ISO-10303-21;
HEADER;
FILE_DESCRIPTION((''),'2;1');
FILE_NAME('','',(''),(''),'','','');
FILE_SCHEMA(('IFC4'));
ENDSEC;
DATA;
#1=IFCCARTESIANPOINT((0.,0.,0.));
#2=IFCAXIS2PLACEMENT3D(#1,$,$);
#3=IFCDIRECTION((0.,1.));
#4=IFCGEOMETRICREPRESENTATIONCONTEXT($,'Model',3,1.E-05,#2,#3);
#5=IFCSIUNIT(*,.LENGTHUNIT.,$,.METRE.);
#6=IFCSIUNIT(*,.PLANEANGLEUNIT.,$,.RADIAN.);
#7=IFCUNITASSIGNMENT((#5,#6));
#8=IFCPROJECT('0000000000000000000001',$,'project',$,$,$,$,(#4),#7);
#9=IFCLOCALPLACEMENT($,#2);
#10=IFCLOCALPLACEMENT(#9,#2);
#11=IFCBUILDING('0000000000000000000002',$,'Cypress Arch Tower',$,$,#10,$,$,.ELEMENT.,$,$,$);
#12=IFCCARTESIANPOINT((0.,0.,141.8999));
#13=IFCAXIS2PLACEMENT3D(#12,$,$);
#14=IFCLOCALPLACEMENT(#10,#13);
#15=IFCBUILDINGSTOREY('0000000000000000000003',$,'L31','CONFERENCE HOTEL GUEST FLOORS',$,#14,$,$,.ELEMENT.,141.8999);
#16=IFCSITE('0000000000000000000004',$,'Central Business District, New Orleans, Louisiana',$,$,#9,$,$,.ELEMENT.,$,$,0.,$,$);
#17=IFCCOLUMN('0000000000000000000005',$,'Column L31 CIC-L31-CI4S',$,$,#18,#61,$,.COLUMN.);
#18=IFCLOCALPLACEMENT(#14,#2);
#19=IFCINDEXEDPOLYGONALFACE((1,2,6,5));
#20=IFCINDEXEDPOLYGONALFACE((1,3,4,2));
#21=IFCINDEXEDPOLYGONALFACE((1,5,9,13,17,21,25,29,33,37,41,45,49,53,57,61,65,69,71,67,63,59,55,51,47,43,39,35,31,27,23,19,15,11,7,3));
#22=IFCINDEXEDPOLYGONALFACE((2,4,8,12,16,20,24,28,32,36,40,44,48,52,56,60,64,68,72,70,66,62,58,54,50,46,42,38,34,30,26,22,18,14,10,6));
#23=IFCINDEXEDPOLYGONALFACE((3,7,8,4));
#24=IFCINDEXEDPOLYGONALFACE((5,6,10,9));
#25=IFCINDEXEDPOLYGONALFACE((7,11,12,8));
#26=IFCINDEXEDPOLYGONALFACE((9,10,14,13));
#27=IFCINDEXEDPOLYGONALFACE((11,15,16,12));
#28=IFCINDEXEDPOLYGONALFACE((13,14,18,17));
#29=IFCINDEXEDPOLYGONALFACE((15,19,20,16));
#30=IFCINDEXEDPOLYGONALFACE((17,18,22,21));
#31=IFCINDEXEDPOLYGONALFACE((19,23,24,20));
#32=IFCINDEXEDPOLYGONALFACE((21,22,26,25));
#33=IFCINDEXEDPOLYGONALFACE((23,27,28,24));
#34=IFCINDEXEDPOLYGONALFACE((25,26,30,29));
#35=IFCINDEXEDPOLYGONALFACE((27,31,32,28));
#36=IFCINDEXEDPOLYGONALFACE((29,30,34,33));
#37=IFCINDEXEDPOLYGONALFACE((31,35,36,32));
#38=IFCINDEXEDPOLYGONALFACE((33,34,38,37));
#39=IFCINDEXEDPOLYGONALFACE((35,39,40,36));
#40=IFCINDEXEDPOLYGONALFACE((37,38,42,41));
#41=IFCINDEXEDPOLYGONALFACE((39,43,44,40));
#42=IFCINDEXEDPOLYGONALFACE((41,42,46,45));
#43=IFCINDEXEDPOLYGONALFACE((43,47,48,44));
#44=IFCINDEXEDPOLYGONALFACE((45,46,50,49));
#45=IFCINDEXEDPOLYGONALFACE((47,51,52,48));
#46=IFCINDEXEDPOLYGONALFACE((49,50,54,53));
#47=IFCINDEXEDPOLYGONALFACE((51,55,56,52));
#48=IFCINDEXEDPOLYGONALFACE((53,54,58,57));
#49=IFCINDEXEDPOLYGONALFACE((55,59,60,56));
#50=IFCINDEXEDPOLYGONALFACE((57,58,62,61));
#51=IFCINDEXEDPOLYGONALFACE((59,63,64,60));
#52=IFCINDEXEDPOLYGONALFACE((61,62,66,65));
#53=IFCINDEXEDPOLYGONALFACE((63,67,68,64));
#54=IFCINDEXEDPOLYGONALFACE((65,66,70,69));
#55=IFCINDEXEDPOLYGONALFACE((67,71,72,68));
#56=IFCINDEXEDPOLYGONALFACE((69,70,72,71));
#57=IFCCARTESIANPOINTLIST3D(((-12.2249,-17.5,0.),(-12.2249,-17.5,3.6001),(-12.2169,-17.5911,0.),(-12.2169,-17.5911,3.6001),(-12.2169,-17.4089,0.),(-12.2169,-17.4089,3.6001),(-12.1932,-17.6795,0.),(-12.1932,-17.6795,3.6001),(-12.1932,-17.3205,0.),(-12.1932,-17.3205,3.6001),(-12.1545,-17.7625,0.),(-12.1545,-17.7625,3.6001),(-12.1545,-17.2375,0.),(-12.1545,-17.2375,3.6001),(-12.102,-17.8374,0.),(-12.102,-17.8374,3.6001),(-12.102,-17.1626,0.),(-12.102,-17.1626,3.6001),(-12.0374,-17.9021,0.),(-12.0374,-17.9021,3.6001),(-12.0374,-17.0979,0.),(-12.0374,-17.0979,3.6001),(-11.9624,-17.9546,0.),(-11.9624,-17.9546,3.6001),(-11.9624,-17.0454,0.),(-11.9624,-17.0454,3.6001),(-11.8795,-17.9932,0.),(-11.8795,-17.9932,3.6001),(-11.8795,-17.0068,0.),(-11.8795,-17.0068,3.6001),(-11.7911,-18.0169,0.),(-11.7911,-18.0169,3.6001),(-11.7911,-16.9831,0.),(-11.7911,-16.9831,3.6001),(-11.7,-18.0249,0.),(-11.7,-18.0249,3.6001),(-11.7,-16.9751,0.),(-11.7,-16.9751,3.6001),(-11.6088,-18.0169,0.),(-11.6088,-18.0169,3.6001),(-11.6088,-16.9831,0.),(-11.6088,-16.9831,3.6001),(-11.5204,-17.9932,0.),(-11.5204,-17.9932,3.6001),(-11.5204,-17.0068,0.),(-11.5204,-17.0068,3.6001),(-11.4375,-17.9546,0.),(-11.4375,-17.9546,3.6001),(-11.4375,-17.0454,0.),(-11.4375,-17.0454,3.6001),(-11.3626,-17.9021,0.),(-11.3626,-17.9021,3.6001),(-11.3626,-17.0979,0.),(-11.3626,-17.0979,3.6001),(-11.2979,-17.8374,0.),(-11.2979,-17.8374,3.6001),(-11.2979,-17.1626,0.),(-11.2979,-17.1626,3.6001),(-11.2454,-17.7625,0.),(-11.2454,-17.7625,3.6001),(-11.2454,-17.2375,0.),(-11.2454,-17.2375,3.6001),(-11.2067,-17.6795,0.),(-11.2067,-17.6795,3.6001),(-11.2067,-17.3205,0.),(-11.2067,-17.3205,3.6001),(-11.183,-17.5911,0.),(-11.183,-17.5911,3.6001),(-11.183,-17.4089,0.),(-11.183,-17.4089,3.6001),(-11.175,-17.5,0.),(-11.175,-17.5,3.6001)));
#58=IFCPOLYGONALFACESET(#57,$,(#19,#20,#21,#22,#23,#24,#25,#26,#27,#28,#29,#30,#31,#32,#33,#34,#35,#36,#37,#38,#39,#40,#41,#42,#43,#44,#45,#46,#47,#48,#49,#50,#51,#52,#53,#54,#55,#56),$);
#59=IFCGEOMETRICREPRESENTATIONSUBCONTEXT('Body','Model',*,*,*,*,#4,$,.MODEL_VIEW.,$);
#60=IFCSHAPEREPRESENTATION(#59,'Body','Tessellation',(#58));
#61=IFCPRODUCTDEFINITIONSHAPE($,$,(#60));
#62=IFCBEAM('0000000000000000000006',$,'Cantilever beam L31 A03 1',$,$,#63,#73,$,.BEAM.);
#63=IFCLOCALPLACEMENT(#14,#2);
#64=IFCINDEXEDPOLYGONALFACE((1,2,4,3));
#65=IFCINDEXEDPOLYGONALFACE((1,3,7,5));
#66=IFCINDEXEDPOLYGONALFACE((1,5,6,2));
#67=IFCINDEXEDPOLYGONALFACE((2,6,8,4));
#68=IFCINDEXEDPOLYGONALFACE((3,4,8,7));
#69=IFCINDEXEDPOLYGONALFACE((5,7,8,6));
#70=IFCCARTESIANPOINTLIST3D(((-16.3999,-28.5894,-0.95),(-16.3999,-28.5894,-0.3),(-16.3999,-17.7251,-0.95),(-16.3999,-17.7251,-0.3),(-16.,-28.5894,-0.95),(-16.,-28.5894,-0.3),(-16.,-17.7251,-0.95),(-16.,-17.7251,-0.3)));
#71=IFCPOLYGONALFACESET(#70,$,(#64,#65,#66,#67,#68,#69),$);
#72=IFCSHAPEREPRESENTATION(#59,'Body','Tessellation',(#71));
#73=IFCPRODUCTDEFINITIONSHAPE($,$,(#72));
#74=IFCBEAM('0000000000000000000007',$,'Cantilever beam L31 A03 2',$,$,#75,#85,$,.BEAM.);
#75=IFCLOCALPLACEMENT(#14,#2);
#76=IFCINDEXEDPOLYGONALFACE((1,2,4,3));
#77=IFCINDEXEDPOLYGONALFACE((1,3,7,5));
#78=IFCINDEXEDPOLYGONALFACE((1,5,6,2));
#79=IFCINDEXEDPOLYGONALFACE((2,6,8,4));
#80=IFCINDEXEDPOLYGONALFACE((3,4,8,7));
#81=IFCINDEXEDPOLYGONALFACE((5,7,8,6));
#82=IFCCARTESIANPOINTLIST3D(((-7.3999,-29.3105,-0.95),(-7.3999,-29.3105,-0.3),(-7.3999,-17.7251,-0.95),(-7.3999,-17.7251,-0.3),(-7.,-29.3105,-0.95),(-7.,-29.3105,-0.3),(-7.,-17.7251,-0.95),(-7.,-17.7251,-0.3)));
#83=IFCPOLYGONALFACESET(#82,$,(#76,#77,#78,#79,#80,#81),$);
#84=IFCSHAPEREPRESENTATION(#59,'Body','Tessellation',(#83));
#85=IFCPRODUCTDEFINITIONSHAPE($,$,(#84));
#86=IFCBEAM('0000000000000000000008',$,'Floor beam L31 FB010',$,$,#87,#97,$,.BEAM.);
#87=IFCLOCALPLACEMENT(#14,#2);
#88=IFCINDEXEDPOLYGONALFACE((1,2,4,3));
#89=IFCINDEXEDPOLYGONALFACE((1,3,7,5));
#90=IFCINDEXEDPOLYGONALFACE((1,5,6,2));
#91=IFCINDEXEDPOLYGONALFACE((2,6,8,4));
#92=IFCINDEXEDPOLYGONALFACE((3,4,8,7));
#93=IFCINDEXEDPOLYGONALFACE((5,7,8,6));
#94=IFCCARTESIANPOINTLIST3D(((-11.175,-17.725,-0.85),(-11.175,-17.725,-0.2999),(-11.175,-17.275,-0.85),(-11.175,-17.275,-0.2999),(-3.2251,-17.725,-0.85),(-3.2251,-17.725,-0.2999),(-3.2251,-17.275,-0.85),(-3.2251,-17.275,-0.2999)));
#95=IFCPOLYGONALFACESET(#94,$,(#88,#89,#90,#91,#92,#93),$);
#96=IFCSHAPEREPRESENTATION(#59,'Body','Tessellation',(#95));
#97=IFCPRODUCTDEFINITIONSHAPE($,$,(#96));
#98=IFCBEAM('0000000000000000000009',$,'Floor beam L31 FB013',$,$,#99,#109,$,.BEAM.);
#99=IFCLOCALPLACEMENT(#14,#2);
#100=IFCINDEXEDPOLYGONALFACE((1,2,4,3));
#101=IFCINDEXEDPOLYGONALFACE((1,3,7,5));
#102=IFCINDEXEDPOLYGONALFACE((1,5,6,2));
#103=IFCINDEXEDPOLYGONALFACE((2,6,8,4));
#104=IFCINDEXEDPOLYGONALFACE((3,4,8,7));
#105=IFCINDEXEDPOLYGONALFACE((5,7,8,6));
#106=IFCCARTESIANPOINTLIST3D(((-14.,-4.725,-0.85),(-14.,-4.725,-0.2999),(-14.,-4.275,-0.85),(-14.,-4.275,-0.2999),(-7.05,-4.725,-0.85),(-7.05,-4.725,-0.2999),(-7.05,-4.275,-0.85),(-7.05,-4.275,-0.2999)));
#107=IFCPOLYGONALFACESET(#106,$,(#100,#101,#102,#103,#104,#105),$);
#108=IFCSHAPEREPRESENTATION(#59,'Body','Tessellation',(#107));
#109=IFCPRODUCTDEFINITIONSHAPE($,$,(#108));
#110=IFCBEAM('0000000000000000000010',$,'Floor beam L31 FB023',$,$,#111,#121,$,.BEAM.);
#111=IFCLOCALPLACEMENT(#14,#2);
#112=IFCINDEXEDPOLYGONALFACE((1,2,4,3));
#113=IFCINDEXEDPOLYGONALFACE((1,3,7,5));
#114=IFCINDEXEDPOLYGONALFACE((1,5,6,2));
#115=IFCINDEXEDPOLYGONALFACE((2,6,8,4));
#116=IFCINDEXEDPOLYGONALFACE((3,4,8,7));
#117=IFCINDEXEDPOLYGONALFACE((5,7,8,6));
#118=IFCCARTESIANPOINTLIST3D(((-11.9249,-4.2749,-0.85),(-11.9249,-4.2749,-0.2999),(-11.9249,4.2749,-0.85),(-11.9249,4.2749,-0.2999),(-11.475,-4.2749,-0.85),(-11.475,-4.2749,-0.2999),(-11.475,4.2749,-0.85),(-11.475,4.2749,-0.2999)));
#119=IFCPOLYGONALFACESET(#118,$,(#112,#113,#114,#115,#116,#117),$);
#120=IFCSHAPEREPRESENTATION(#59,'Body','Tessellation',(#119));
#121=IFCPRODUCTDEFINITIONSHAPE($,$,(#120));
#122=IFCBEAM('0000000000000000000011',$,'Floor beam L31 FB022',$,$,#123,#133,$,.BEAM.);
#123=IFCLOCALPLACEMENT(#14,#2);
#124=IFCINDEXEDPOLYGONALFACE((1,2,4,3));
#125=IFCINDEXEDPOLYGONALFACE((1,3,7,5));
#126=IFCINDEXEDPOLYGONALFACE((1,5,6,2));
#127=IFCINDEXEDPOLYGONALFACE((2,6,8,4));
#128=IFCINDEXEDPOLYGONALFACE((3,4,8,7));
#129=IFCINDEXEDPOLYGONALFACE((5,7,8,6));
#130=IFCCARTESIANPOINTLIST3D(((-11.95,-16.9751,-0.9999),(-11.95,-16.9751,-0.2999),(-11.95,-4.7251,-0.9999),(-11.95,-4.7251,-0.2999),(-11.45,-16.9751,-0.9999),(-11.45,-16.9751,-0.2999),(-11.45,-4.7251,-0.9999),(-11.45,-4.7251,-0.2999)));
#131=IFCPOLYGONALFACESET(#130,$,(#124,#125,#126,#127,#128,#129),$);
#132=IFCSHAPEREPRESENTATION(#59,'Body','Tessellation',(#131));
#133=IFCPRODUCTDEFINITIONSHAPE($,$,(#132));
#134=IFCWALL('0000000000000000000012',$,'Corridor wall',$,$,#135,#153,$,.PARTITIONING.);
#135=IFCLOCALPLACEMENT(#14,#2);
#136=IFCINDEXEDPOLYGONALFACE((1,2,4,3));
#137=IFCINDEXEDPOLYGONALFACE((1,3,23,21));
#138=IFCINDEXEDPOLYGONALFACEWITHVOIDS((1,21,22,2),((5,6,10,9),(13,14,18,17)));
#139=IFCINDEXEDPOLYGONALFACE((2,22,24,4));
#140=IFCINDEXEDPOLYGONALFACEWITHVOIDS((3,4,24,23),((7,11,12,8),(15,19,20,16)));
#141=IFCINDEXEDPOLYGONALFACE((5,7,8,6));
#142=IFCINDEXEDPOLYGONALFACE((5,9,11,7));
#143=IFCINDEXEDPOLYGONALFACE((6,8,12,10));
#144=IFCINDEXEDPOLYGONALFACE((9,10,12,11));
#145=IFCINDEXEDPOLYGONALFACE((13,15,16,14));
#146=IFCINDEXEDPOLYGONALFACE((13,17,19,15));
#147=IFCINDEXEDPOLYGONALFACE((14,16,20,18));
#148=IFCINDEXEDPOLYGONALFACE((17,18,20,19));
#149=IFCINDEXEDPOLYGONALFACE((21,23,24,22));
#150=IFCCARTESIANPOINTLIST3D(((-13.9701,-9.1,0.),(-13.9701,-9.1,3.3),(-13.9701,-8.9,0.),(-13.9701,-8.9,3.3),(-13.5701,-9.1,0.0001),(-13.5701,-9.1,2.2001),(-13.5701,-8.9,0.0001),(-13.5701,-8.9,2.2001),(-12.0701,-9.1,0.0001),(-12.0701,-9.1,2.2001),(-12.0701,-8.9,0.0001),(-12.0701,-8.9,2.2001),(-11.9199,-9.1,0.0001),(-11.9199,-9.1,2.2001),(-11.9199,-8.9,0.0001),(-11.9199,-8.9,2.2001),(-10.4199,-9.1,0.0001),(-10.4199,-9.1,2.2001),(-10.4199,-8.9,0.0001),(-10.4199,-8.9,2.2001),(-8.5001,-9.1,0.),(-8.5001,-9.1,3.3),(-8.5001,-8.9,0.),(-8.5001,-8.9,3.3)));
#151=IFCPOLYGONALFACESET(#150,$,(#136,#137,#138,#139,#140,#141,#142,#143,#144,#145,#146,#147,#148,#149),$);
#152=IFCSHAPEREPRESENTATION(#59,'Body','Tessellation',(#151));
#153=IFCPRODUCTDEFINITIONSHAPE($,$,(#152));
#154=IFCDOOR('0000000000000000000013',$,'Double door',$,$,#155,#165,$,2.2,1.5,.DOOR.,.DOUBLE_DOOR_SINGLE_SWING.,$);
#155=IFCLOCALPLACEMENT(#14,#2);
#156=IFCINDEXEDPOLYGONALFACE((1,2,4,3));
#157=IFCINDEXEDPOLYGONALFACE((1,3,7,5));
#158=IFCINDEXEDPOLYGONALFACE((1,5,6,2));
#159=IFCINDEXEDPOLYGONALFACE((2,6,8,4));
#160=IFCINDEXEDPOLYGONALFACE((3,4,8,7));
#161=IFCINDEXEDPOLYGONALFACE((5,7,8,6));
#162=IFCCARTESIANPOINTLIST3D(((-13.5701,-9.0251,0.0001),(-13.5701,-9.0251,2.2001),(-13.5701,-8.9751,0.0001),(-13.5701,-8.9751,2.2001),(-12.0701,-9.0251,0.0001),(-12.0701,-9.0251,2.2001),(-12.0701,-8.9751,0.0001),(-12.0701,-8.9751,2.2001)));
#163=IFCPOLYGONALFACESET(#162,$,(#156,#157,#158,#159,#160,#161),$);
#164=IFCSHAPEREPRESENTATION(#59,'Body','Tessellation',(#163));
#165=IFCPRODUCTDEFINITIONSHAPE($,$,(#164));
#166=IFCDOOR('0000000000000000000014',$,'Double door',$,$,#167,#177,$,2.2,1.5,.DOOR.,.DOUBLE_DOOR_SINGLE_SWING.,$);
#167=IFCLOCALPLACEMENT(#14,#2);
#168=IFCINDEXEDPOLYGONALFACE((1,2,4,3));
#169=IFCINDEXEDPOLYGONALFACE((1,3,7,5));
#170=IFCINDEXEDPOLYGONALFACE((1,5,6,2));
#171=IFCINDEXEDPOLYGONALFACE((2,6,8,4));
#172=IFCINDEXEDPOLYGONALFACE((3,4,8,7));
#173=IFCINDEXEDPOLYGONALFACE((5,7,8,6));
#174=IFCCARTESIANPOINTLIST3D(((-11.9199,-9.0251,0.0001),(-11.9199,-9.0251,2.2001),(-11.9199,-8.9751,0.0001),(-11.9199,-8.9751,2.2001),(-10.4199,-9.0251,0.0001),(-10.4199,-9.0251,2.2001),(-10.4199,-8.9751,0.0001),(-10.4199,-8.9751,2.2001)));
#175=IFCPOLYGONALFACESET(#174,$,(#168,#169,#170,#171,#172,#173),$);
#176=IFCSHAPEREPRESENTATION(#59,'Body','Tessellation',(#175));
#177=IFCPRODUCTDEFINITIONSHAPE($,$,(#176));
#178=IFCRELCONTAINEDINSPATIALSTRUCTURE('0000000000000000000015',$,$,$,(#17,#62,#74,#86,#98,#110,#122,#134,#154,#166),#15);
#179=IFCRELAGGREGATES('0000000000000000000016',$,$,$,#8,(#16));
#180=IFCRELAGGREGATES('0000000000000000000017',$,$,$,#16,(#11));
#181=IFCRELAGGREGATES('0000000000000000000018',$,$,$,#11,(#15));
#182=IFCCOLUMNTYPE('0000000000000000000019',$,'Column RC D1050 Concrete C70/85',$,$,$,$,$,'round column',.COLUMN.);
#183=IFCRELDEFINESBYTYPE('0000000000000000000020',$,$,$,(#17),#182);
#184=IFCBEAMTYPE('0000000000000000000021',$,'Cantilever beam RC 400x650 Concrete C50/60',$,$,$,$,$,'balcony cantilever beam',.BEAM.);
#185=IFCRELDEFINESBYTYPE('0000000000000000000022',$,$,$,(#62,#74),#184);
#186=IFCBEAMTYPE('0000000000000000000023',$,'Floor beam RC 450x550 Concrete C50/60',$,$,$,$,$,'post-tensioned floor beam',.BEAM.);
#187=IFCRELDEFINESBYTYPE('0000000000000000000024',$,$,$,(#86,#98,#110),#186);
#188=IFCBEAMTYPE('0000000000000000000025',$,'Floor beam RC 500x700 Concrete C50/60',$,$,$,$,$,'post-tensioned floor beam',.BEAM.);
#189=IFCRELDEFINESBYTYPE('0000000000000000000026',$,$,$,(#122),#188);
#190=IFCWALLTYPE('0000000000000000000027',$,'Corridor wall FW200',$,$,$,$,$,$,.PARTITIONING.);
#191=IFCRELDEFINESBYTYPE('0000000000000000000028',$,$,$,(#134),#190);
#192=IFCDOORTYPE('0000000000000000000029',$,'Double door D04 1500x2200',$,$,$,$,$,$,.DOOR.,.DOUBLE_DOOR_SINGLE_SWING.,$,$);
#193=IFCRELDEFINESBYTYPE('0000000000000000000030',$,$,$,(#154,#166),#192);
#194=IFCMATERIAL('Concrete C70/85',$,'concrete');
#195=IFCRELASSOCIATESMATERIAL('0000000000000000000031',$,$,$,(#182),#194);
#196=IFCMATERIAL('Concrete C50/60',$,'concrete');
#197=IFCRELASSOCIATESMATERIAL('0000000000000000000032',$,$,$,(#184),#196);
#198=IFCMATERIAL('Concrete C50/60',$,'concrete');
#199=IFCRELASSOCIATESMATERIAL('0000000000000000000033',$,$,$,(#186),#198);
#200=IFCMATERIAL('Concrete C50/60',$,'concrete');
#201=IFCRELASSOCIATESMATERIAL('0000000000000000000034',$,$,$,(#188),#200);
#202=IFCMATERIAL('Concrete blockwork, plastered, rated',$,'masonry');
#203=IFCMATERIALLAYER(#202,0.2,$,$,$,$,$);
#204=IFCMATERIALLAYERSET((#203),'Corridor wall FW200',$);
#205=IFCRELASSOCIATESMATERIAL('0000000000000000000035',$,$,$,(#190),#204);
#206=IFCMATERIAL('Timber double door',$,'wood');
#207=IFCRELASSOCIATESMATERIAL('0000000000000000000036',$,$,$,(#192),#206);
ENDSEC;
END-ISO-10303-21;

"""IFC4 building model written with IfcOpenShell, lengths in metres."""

from ifc_helpers import new_model, si_unit, direction, frame, frame_2d, origin, origin_2d, place, context, subcontext, project, spatial, rectangle, circle, extrude, material, layer, layer_set, material_profile, profile_set, type_object, element, fill, save


model = new_model("IFC4")

# Units and contexts
model_context = context("Model", 3, precision=1e-05, world=origin(), true_north=direction((0.0, 1.0)))
body_context = subcontext(model_context, "Body", "Model", "MODEL_VIEW")
ifc_project = project(units=[si_unit("LENGTHUNIT", "METRE"), si_unit("PLANEANGLEUNIT", "RADIAN")], contexts=[model_context])

# Site, building, storey
site_placement = place(None, origin())
site = spatial("IfcSite", under=ifc_project, at=site_placement, Name="Central Business District, New Orleans, Louisiana", CompositionType="ELEMENT", RefElevation=0.0)
building_placement = place(site_placement, origin())
building = spatial("IfcBuilding", under=site, at=building_placement, Name="Cypress Arch Tower", CompositionType="ELEMENT")
storey_placement = place(building_placement, frame((0.0, 0.0, 141.8999)))
storey = spatial("IfcBuildingStorey", under=building, at=storey_placement, Name="L31", Description="CONFERENCE HOTEL GUEST FLOORS", CompositionType="ELEMENT", Elevation=141.8999)

# Column
ifc_material_1 = material(Name="Concrete C70/85", Category="concrete")
ifc_material_profile_1 = material_profile(ifc_material_1, circle(Radius=0.5249, at=origin_2d()), Name="RC D1050")
ifc_profile_set_1 = profile_set([ifc_material_profile_1], Name="Concrete C70/85")
column_type = type_object("IfcColumnType", Name="Column RC D1050 Concrete C70/85", ElementType="round column", PredefinedType="COLUMN", material=ifc_profile_set_1)
column_placement = place(storey_placement, frame((-11.7, -17.5, 0.0), z_axis=(0.0, 0.0, 1.0), x_axis=(1.0, 0.0, 0.0)))
element("IfcColumn", 1, at=column_placement, inside=storey, type_object=column_type, Name="Column L31 CIC-L31-CI4S", PredefinedType="COLUMN", context=body_context, shape_type="SweptSolid", body=[
    extrude(circle(Radius=0.5249, at=origin_2d()), origin(), (0.0, 0.0, 1.0), 3.6001),
])

# Beams
ifc_material_2 = material(Name="Concrete C50/60", Category="concrete")
ifc_material_profile_2 = material_profile(ifc_material_2, rectangle(XDim=0.3999, YDim=0.6499, at=origin_2d()), Name="RC 400x650")
ifc_profile_set_2 = profile_set([ifc_material_profile_2], Name="Concrete C50/60")
beam_type_1 = type_object("IfcBeamType", Name="Cantilever beam RC 400x650 Concrete C50/60", ElementType="balcony cantilever beam", PredefinedType="BEAM", material=ifc_profile_set_2)
beam_1_placement = place(storey_placement, frame((-16.2, -17.7251, -0.625), z_axis=(0.0, -1.0, 0.0), x_axis=(1.0, 0.0, 0.0)))
element("IfcBeam", 2, at=beam_1_placement, inside=storey, type_object=beam_type_1, Name="Cantilever beam L31 A03 1", PredefinedType="BEAM", context=body_context, shape_type="SweptSolid", body=[
    extrude(rectangle(XDim=0.3999, YDim=0.6499, at=origin_2d()), origin(), (0.0, 0.0, 1.0), 10.8643),
])
beam_2_placement = place(storey_placement, frame((-7.2, -17.7251, -0.625), z_axis=(0.0, -1.0, 0.0), x_axis=(1.0, 0.0, 0.0)))
element("IfcBeam", 3, at=beam_2_placement, inside=storey, type_object=beam_type_1, Name="Cantilever beam L31 A03 2", PredefinedType="BEAM", context=body_context, shape_type="SweptSolid", body=[
    extrude(rectangle(XDim=0.3999, YDim=0.6499, at=origin_2d()), origin(), (0.0, 0.0, 1.0), 11.5854),
])
ifc_material_3 = material(Name="Concrete C50/60", Category="concrete")
ifc_material_profile_3 = material_profile(ifc_material_3, rectangle(XDim=0.45, YDim=0.55, at=origin_2d()), Name="RC 450x550")
ifc_profile_set_3 = profile_set([ifc_material_profile_3], Name="Concrete C50/60")
beam_type_2 = type_object("IfcBeamType", Name="Floor beam RC 450x550 Concrete C50/60", ElementType="post-tensioned floor beam", PredefinedType="BEAM", material=ifc_profile_set_3)
beam_3_placement = place(storey_placement, frame((-11.175, -17.5, -0.575), z_axis=(1.0, 0.0, 0.0), x_axis=(0.0, 1.0, 0.0)))
element("IfcBeam", 4, at=beam_3_placement, inside=storey, type_object=beam_type_2, Name="Floor beam L31 FB010", PredefinedType="BEAM", context=body_context, shape_type="SweptSolid", body=[
    extrude(rectangle(XDim=0.45, YDim=0.55, at=origin_2d()), origin(), (0.0, 0.0, 1.0), 7.95),
])
beam_4_placement = place(storey_placement, frame((-14.0, -4.5, -0.575), z_axis=(1.0, 0.0, 0.0), x_axis=(0.0, 1.0, 0.0)))
element("IfcBeam", 5, at=beam_4_placement, inside=storey, type_object=beam_type_2, Name="Floor beam L31 FB013", PredefinedType="BEAM", context=body_context, shape_type="SweptSolid", body=[
    extrude(rectangle(XDim=0.45, YDim=0.55, at=origin_2d()), origin(), (0.0, 0.0, 1.0), 6.95),
])
beam_5_placement = place(storey_placement, frame((-11.7, -4.2749, -0.575), z_axis=(0.0, 1.0, 0.0), x_axis=(-1.0, 0.0, 0.0)))
element("IfcBeam", 6, at=beam_5_placement, inside=storey, type_object=beam_type_2, Name="Floor beam L31 FB023", PredefinedType="BEAM", context=body_context, shape_type="SweptSolid", body=[
    extrude(rectangle(XDim=0.45, YDim=0.55, at=origin_2d()), origin(), (0.0, 0.0, 1.0), 8.5498),
])
ifc_material_4 = material(Name="Concrete C50/60", Category="concrete")
ifc_material_profile_4 = material_profile(ifc_material_4, rectangle(XDim=0.5, YDim=0.7, at=origin_2d()), Name="RC 500x700")
ifc_profile_set_4 = profile_set([ifc_material_profile_4], Name="Concrete C50/60")
beam_type_3 = type_object("IfcBeamType", Name="Floor beam RC 500x700 Concrete C50/60", ElementType="post-tensioned floor beam", PredefinedType="BEAM", material=ifc_profile_set_4)
beam_6_placement = place(storey_placement, frame((-11.7, -16.9751, -0.6499), z_axis=(0.0, 1.0, 0.0), x_axis=(-1.0, 0.0, 0.0)))
element("IfcBeam", 7, at=beam_6_placement, inside=storey, type_object=beam_type_3, Name="Floor beam L31 FB022", PredefinedType="BEAM", context=body_context, shape_type="SweptSolid", body=[
    extrude(rectangle(XDim=0.5, YDim=0.7, at=origin_2d()), origin(), (0.0, 0.0, 1.0), 12.25),
])

# Wall, openings, doors
ifc_material_5 = material(Name="Concrete blockwork, plastered, rated", Category="masonry")
ifc_layer_1 = layer(ifc_material_5, 0.2)
ifc_layer_set_1 = layer_set([ifc_layer_1], Name="Corridor wall FW200")
wall_type_1 = type_object("IfcWallType", Name="Corridor wall FW200", PredefinedType="PARTITIONING", material=ifc_layer_set_1)
wall_1_placement = place(storey_placement, frame((-13.97, -9.0, 0.0), z_axis=(0.0, 0.0, 1.0), x_axis=(1.0, 0.0, 0.0)))
wall_1 = element("IfcWall", 8, at=wall_1_placement, inside=storey, type_object=wall_type_1, Name="Corridor wall", PredefinedType="PARTITIONING", context=body_context, shape_type="SweptSolid", body=[
    extrude(rectangle(XDim=5.47, YDim=0.2, at=frame_2d((2.7349, 0.0))), origin(), (0.0, 0.0, 1.0), 3.3),
])
opening_1_placement = place(wall_1_placement, frame((0.3999, 0.0, 0.0)))
opening_1 = element("IfcOpeningElement", 9, at=opening_1_placement, cuts=wall_1, PredefinedType="OPENING", context=body_context, shape_type="SweptSolid", body=[
    extrude(rectangle(XDim=1.5, YDim=2.2, at=frame_2d((0.75, 1.1001))), frame((0.0, 0.1099, 0.0), z_axis=(0.0, -1.0, 0.0), x_axis=(1.0, 0.0, 0.0)), (0.0, 0.0, 1.0), 0.22),
])
opening_2_placement = place(wall_1_placement, frame((2.05, 0.0, 0.0)))
opening_2 = element("IfcOpeningElement", 10, at=opening_2_placement, cuts=wall_1, PredefinedType="OPENING", context=body_context, shape_type="SweptSolid", body=[
    extrude(rectangle(XDim=1.5, YDim=2.2, at=frame_2d((0.75, 1.1001))), frame((0.0, 0.1099, 0.0), z_axis=(0.0, -1.0, 0.0), x_axis=(1.0, 0.0, 0.0)), (0.0, 0.0, 1.0), 0.22),
])
ifc_material_6 = material(Name="Timber double door", Category="wood")
door_type_1 = type_object("IfcDoorType", Name="Double door D04 1500x2200", OperationType="DOUBLE_DOOR_SINGLE_SWING", PredefinedType="DOOR", material=ifc_material_6)
door_1_placement = place(opening_1_placement, origin())
door_1 = element("IfcDoor", 11, at=door_1_placement, inside=storey, type_object=door_type_1, Name="Double door", OperationType="DOUBLE_DOOR_SINGLE_SWING", OverallHeight=2.2, OverallWidth=1.5, PredefinedType="DOOR", context=body_context, shape_type="SweptSolid", body=[
    extrude(rectangle(XDim=1.5, YDim=2.2, at=frame_2d((0.75, 1.1001))), frame((0.0, 0.0249, 0.0), z_axis=(0.0, -1.0, 0.0), x_axis=(1.0, 0.0, 0.0)), (0.0, 0.0, 1.0), 0.05),
])
fill(opening_1, door_1)
door_2_placement = place(opening_2_placement, origin())
door_2 = element("IfcDoor", 12, at=door_2_placement, inside=storey, type_object=door_type_1, Name="Double door", OperationType="DOUBLE_DOOR_SINGLE_SWING", OverallHeight=2.2, OverallWidth=1.5, PredefinedType="DOOR", context=body_context, shape_type="SweptSolid", body=[
    extrude(rectangle(XDim=1.5, YDim=2.2, at=frame_2d((0.75, 1.1001))), frame((0.0, 0.0249, 0.0), z_axis=(0.0, -1.0, 0.0), x_axis=(1.0, 0.0, 0.0)), (0.0, 0.0, 1.0), 0.05),
])
fill(opening_2, door_2)

save(model, "model.ifc")
